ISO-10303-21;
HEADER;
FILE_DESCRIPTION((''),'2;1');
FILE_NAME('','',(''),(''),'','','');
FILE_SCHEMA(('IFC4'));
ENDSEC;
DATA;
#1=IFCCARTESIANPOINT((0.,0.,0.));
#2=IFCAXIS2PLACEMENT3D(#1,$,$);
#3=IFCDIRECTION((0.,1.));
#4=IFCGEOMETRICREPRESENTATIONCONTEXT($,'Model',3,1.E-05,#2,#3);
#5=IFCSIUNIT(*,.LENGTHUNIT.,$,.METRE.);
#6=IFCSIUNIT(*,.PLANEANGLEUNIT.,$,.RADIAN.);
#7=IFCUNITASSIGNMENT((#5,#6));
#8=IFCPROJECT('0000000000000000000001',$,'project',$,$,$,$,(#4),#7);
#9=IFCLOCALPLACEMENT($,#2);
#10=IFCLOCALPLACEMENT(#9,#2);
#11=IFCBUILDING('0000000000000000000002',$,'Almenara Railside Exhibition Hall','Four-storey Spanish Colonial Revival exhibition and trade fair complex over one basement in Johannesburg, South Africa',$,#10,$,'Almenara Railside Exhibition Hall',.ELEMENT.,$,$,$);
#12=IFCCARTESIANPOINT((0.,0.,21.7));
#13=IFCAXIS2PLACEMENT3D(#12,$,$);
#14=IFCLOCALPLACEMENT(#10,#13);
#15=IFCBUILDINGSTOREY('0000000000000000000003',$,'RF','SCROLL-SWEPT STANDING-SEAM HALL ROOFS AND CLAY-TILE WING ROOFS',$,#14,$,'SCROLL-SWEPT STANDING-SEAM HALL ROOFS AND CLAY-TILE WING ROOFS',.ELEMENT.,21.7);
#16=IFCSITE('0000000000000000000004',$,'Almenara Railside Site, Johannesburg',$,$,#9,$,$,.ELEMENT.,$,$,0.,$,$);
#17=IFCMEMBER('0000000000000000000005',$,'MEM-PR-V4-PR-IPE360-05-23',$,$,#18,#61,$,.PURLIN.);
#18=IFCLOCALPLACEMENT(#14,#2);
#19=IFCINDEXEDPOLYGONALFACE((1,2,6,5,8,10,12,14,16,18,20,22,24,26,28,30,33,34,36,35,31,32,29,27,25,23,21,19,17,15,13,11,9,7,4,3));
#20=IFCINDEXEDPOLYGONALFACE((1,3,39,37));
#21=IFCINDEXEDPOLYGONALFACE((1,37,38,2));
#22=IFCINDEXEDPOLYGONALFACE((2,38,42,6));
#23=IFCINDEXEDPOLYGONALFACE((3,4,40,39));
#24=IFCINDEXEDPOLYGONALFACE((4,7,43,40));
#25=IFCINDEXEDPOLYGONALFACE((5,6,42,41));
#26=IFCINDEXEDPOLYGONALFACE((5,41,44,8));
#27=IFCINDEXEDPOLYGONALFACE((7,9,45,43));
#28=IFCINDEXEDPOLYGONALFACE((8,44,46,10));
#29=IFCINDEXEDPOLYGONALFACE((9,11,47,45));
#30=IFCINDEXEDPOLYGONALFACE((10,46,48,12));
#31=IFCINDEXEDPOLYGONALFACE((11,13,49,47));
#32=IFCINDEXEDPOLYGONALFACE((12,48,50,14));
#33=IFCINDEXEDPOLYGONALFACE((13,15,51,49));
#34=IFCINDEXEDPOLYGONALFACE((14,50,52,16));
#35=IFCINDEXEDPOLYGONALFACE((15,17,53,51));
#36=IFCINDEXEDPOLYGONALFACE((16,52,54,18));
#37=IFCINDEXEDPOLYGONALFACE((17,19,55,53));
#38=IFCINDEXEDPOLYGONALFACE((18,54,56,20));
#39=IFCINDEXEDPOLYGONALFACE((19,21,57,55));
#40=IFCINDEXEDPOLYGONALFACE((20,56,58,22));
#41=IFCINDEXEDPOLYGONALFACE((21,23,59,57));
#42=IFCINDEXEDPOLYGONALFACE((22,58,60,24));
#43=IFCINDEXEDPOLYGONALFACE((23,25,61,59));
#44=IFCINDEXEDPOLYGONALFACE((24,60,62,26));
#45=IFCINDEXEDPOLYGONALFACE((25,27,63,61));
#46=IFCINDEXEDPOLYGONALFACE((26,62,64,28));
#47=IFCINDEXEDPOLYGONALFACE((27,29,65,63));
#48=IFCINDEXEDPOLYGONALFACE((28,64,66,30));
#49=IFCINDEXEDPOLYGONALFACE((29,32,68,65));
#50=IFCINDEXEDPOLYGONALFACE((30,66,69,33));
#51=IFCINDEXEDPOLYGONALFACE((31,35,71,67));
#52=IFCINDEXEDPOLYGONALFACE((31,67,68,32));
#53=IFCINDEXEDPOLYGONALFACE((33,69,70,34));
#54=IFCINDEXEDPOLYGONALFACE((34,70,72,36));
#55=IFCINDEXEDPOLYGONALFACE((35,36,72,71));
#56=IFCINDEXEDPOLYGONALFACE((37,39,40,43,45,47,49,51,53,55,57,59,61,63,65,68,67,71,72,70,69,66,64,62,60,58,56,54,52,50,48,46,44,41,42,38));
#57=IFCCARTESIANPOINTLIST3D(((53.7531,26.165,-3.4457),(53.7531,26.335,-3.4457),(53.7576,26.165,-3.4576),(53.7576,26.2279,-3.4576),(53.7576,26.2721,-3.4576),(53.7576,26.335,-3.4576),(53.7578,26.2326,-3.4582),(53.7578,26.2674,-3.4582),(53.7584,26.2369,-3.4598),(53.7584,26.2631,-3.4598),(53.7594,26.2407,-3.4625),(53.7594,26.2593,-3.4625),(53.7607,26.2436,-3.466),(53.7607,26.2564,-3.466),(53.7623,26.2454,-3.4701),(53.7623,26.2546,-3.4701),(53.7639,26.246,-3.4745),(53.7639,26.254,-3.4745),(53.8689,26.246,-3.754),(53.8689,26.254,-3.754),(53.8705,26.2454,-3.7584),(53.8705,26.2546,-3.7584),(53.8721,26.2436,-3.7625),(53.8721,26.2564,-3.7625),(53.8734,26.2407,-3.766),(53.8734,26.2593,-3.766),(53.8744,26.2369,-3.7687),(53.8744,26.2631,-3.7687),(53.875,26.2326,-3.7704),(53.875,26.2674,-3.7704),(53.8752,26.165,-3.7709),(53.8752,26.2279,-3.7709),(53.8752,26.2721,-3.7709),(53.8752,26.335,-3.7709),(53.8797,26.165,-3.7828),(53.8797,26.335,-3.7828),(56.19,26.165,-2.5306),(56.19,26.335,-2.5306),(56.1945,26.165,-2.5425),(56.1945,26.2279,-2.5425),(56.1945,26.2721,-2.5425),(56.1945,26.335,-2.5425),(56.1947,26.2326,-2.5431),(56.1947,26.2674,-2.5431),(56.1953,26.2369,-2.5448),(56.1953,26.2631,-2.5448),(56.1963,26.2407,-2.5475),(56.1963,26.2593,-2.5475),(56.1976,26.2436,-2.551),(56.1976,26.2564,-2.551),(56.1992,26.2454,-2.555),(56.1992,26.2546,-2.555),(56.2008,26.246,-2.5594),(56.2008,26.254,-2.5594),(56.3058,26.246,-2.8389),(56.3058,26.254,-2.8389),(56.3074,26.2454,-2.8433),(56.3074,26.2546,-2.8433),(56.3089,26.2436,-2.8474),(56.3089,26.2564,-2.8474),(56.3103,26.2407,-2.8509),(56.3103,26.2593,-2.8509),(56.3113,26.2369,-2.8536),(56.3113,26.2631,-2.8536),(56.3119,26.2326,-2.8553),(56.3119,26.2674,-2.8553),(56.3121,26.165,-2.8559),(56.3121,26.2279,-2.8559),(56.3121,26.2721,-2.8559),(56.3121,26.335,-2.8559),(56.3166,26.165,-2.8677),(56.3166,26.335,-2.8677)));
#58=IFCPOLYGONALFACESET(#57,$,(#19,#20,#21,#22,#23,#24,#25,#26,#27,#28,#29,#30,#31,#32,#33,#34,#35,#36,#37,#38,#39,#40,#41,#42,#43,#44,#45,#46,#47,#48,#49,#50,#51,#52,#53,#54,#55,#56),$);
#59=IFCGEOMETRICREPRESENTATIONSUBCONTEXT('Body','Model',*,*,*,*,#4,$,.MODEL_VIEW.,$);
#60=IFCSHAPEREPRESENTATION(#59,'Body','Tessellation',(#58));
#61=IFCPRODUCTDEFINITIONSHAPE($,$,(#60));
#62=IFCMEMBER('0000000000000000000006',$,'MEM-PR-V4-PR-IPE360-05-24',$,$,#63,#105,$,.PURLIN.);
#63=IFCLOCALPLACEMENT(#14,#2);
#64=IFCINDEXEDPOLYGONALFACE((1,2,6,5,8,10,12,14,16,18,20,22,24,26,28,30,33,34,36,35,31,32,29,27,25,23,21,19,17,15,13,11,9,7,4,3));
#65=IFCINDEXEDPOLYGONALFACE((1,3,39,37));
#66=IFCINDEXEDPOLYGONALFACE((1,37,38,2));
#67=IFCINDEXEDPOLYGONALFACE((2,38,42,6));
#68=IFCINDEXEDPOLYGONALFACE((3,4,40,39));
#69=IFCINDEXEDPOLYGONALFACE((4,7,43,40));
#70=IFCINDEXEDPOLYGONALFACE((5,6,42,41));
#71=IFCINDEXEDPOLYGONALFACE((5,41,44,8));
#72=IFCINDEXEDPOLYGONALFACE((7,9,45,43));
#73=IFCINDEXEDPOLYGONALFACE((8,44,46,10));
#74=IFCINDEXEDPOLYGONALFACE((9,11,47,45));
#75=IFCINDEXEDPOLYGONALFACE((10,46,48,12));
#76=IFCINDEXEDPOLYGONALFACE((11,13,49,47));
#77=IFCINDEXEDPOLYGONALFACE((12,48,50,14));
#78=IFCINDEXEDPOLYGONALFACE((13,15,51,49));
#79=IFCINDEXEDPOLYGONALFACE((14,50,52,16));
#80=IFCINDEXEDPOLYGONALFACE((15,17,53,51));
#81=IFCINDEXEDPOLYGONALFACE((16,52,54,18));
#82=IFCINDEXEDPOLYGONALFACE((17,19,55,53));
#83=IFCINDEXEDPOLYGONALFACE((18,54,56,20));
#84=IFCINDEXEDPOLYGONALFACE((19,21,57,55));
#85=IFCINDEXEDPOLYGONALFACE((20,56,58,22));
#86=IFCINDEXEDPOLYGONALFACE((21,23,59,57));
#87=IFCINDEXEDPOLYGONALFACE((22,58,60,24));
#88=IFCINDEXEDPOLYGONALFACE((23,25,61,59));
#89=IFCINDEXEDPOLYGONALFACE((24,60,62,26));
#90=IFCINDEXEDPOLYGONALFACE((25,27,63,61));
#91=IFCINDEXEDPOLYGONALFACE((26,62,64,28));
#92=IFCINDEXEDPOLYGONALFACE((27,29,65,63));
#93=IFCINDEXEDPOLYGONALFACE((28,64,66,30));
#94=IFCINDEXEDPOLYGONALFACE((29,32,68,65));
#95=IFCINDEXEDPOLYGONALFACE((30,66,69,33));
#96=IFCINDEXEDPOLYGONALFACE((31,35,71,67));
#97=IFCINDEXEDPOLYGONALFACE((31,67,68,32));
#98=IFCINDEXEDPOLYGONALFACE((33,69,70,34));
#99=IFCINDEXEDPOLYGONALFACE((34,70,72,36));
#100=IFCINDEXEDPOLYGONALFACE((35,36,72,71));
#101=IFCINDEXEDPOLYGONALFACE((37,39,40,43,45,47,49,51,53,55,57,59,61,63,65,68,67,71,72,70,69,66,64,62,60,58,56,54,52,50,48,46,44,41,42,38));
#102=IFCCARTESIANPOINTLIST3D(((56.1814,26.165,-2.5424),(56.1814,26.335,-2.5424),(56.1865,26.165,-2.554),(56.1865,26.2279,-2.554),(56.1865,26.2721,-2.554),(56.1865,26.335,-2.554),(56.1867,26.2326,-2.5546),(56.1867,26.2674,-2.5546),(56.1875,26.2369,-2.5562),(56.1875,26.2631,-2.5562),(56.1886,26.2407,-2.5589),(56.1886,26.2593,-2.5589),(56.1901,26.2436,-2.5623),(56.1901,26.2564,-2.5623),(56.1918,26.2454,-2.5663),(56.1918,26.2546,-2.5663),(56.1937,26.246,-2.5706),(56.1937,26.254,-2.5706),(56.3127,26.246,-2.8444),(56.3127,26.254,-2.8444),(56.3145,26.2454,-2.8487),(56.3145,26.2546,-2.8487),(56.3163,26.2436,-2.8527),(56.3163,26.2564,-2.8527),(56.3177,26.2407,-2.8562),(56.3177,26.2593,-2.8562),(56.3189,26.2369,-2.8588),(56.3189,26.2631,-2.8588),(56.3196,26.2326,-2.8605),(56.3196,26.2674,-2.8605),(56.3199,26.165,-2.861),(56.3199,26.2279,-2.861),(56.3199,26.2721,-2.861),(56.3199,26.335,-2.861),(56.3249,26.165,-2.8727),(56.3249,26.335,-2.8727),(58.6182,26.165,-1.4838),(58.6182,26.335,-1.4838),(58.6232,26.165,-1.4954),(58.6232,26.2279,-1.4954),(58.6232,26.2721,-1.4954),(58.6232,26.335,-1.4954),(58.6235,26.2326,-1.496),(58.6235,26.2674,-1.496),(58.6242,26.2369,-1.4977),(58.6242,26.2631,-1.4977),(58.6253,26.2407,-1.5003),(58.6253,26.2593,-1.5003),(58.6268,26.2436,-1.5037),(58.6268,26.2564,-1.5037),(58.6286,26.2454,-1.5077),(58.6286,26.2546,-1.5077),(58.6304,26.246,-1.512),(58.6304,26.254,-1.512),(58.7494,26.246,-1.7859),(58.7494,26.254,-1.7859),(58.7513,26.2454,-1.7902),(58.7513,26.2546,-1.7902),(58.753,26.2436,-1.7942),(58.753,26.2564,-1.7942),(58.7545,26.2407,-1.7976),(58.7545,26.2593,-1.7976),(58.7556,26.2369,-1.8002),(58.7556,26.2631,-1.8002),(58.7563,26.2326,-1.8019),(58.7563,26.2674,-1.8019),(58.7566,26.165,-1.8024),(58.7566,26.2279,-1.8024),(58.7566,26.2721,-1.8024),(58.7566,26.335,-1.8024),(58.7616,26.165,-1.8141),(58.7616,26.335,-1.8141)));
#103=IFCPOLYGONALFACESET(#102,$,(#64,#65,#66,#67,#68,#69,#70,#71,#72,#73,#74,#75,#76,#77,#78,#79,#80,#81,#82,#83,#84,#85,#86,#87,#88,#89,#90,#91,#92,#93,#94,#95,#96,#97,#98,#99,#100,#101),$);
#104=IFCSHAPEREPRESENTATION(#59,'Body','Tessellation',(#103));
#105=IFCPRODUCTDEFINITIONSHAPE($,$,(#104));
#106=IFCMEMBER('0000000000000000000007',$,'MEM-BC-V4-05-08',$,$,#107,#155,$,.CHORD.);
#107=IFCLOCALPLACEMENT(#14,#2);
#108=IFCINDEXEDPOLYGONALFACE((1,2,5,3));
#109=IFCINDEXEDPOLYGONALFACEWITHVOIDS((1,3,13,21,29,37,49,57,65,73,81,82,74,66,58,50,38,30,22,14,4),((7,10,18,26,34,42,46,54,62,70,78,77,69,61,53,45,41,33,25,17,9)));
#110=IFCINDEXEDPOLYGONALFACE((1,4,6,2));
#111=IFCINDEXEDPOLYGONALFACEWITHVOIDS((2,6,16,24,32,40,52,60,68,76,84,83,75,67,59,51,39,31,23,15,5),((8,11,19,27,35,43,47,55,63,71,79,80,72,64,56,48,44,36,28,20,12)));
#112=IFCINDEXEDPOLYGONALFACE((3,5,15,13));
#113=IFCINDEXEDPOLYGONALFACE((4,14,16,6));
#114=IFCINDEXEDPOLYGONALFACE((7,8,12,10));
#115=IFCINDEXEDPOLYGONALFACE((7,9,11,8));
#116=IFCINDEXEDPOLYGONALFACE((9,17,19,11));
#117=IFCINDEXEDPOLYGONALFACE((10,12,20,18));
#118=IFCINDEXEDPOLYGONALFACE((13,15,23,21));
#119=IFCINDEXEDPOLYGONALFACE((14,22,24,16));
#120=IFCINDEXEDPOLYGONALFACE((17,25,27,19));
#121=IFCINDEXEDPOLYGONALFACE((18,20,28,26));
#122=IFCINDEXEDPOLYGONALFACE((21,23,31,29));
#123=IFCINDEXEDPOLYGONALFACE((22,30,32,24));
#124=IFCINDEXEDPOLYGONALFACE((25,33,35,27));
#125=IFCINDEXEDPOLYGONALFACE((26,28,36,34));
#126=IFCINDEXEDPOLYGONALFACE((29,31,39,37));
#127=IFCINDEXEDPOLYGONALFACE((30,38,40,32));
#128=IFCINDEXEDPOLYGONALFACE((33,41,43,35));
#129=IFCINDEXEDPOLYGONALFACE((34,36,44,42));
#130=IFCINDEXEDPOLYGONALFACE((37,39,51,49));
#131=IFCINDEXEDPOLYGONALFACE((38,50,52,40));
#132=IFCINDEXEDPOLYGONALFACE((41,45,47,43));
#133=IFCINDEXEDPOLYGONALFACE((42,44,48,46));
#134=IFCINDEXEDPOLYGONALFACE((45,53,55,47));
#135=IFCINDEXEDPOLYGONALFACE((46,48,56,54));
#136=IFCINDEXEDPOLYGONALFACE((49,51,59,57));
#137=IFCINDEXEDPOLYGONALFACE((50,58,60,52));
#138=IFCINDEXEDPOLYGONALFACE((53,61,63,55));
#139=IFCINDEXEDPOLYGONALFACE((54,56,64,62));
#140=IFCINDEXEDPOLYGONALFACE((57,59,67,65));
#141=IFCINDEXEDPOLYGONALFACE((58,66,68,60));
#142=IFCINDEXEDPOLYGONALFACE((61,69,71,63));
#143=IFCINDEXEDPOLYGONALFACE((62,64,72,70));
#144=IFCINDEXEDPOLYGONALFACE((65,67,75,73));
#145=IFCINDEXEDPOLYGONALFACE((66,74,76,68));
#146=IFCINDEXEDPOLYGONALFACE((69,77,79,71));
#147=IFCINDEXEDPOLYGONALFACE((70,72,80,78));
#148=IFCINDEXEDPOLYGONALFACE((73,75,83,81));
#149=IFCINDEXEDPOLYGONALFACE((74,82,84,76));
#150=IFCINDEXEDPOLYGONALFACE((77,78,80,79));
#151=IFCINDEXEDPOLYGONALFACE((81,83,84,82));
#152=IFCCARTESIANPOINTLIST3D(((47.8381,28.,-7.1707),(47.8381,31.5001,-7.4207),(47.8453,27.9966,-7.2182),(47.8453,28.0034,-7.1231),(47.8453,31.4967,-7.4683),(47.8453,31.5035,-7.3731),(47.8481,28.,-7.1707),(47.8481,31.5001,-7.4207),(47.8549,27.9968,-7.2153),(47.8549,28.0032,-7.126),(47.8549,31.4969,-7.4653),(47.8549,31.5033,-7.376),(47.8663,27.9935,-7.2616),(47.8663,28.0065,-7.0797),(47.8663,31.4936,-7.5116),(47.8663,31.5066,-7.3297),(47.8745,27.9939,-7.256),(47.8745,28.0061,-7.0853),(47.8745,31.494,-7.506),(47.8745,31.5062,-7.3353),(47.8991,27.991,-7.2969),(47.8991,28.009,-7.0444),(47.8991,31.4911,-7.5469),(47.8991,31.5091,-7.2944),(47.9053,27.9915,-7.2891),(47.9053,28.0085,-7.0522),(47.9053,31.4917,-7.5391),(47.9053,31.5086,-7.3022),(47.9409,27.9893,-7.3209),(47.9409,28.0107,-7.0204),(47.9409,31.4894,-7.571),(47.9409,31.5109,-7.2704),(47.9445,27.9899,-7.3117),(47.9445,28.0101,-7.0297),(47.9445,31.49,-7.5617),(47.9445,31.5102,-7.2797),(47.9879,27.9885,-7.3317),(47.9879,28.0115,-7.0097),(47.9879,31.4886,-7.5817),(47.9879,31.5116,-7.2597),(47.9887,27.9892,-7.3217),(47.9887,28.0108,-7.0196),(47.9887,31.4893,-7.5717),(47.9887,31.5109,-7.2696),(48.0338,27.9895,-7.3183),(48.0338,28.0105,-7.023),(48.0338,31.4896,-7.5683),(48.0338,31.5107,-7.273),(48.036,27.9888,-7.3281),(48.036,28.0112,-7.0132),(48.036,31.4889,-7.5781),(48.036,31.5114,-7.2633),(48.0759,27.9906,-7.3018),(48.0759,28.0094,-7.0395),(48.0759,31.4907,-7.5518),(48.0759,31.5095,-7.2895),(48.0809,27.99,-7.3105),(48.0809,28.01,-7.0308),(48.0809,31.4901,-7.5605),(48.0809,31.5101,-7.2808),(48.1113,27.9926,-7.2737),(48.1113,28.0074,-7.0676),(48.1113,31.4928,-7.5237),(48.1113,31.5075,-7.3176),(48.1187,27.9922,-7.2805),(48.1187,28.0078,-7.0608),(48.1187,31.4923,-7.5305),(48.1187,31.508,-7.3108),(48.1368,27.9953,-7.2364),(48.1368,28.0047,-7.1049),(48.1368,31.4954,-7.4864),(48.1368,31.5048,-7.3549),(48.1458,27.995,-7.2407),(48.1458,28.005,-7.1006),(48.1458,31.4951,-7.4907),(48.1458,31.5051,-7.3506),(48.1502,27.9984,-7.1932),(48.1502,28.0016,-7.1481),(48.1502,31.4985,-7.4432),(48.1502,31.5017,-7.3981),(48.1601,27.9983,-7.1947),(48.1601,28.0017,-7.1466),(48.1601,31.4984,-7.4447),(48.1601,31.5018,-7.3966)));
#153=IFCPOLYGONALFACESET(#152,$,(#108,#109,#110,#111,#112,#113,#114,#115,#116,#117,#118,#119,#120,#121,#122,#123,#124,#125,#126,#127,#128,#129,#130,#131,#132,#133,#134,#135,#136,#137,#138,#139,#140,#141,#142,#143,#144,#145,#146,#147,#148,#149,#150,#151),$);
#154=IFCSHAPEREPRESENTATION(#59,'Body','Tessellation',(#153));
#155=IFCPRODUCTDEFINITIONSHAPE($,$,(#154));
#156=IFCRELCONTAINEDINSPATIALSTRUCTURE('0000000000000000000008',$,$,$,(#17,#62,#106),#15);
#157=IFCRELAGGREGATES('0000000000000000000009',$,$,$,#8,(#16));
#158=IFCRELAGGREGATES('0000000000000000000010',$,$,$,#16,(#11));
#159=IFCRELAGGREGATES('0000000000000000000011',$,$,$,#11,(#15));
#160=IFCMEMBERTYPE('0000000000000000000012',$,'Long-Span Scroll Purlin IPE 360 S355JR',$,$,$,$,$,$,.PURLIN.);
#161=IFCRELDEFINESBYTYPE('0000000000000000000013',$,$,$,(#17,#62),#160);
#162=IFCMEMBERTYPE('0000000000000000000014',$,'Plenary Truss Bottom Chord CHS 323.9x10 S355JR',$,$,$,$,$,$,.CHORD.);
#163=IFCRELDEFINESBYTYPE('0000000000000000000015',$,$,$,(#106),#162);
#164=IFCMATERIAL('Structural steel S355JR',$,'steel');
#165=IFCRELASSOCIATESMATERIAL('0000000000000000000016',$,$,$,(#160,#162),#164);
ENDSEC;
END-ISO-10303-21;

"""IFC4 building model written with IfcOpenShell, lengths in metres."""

from ifc_helpers import new_model, si_unit, direction, frame, origin, origin_2d, place, context, subcontext, project, spatial, hollow_circle, i_section, extrude, material, material_profile, profile_set, type_object, element, save


model = new_model("IFC4")

# Units and contexts
model_context = context("Model", 3, precision=1e-05, world=origin(), true_north=direction((0.0, 1.0)))
body_context = subcontext(model_context, "Body", "Model", "MODEL_VIEW")
ifc_project = project(units=[si_unit("LENGTHUNIT", "METRE"), si_unit("PLANEANGLEUNIT", "RADIAN")], contexts=[model_context])

# Site, building, storey
site_placement = place(None, origin())
site = spatial("IfcSite", under=ifc_project, at=site_placement, Name="Almenara Railside Site, Johannesburg", CompositionType="ELEMENT", RefElevation=0.0)
building_placement = place(site_placement, origin())
building = spatial("IfcBuilding", under=site, at=building_placement, Name="Almenara Railside Exhibition Hall", Description="Four-storey Spanish Colonial Revival exhibition and trade fair complex over one basement in Johannesburg, South Africa", LongName="Almenara Railside Exhibition Hall", CompositionType="ELEMENT")
storey_placement = place(building_placement, frame((0.0, 0.0, 21.7)))
storey = spatial("IfcBuildingStorey", under=building, at=storey_placement, Name="RF", Description="SCROLL-SWEPT STANDING-SEAM HALL ROOFS AND CLAY-TILE WING ROOFS", LongName="SCROLL-SWEPT STANDING-SEAM HALL ROOFS AND CLAY-TILE WING ROOFS", CompositionType="ELEMENT", Elevation=21.7)

# Members
ifc_material_1 = material(Name="Structural steel S355JR", Category="steel")
ifc_material_profile_1 = material_profile(ifc_material_1, i_section(OverallWidth=0.1699, OverallDepth=0.3601, WebThickness=0.0081, FlangeThickness=0.0127, FilletRadius=0.0181, at=origin_2d()), Name="IPE 360")
ifc_profile_set_1 = profile_set([ifc_material_profile_1], Name="Structural steel S355JR")
member_type_1 = type_object("IfcMemberType", Name="Long-Span Scroll Purlin IPE 360 S355JR", PredefinedType="PURLIN", material=ifc_profile_set_1)
member_1_placement = place(storey_placement, frame((53.8164, 26.25, -3.6143), z_axis=(0.936171, 0.0, 0.351545), x_axis=(0.0, 1.0, 0.0)))
element("IfcMember", 1, at=member_1_placement, inside=storey, type_object=member_type_1, Name="MEM-PR-V4-PR-IPE360-05-23", PredefinedType="PURLIN", context=body_context, shape_type="SweptSolid", body=[
    extrude(i_section(OverallWidth=0.1699, OverallDepth=0.3601, WebThickness=0.0081, FlangeThickness=0.0127, FilletRadius=0.0181, at=origin_2d()), origin(), (0.0, 0.0, 1.0), 2.603),
])
member_2_placement = place(storey_placement, frame((56.2532, 26.25, -2.7075), z_axis=(0.91719, 0.0, 0.398451), x_axis=(0.0, 1.0, 0.0)))
element("IfcMember", 2, at=member_2_placement, inside=storey, type_object=member_type_1, Name="MEM-PR-V4-PR-IPE360-05-24", PredefinedType="PURLIN", context=body_context, shape_type="SweptSolid", body=[
    extrude(i_section(OverallWidth=0.1699, OverallDepth=0.3601, WebThickness=0.0081, FlangeThickness=0.0127, FilletRadius=0.0181, at=origin_2d()), origin(), (0.0, 0.0, 1.0), 2.6567),
])
ifc_material_profile_2 = material_profile(ifc_material_1, hollow_circle(Radius=0.1619, WallThickness=0.01, at=origin_2d()), Name="CHS 323.9x10")
ifc_profile_set_2 = profile_set([ifc_material_profile_2], Name="Structural steel S355JR")
member_type_2 = type_object("IfcMemberType", Name="Plenary Truss Bottom Chord CHS 323.9x10 S355JR", PredefinedType="CHORD", material=ifc_profile_set_2)
member_3_placement = place(storey_placement, frame((48.0, 28.0, -7.1707), z_axis=(0.0, 0.997459, -0.071247), x_axis=(-1.0, 0.0, 0.0)))
element("IfcMember", 3, at=member_3_placement, inside=storey, type_object=member_type_2, Name="MEM-BC-V4-05-08", PredefinedType="CHORD", context=body_context, shape_type="SweptSolid", body=[
    extrude(hollow_circle(Radius=0.1619, WallThickness=0.01, at=origin_2d()), origin(), (0.0, 0.0, 1.0), 3.509),
])

save(model, "model.ifc")
